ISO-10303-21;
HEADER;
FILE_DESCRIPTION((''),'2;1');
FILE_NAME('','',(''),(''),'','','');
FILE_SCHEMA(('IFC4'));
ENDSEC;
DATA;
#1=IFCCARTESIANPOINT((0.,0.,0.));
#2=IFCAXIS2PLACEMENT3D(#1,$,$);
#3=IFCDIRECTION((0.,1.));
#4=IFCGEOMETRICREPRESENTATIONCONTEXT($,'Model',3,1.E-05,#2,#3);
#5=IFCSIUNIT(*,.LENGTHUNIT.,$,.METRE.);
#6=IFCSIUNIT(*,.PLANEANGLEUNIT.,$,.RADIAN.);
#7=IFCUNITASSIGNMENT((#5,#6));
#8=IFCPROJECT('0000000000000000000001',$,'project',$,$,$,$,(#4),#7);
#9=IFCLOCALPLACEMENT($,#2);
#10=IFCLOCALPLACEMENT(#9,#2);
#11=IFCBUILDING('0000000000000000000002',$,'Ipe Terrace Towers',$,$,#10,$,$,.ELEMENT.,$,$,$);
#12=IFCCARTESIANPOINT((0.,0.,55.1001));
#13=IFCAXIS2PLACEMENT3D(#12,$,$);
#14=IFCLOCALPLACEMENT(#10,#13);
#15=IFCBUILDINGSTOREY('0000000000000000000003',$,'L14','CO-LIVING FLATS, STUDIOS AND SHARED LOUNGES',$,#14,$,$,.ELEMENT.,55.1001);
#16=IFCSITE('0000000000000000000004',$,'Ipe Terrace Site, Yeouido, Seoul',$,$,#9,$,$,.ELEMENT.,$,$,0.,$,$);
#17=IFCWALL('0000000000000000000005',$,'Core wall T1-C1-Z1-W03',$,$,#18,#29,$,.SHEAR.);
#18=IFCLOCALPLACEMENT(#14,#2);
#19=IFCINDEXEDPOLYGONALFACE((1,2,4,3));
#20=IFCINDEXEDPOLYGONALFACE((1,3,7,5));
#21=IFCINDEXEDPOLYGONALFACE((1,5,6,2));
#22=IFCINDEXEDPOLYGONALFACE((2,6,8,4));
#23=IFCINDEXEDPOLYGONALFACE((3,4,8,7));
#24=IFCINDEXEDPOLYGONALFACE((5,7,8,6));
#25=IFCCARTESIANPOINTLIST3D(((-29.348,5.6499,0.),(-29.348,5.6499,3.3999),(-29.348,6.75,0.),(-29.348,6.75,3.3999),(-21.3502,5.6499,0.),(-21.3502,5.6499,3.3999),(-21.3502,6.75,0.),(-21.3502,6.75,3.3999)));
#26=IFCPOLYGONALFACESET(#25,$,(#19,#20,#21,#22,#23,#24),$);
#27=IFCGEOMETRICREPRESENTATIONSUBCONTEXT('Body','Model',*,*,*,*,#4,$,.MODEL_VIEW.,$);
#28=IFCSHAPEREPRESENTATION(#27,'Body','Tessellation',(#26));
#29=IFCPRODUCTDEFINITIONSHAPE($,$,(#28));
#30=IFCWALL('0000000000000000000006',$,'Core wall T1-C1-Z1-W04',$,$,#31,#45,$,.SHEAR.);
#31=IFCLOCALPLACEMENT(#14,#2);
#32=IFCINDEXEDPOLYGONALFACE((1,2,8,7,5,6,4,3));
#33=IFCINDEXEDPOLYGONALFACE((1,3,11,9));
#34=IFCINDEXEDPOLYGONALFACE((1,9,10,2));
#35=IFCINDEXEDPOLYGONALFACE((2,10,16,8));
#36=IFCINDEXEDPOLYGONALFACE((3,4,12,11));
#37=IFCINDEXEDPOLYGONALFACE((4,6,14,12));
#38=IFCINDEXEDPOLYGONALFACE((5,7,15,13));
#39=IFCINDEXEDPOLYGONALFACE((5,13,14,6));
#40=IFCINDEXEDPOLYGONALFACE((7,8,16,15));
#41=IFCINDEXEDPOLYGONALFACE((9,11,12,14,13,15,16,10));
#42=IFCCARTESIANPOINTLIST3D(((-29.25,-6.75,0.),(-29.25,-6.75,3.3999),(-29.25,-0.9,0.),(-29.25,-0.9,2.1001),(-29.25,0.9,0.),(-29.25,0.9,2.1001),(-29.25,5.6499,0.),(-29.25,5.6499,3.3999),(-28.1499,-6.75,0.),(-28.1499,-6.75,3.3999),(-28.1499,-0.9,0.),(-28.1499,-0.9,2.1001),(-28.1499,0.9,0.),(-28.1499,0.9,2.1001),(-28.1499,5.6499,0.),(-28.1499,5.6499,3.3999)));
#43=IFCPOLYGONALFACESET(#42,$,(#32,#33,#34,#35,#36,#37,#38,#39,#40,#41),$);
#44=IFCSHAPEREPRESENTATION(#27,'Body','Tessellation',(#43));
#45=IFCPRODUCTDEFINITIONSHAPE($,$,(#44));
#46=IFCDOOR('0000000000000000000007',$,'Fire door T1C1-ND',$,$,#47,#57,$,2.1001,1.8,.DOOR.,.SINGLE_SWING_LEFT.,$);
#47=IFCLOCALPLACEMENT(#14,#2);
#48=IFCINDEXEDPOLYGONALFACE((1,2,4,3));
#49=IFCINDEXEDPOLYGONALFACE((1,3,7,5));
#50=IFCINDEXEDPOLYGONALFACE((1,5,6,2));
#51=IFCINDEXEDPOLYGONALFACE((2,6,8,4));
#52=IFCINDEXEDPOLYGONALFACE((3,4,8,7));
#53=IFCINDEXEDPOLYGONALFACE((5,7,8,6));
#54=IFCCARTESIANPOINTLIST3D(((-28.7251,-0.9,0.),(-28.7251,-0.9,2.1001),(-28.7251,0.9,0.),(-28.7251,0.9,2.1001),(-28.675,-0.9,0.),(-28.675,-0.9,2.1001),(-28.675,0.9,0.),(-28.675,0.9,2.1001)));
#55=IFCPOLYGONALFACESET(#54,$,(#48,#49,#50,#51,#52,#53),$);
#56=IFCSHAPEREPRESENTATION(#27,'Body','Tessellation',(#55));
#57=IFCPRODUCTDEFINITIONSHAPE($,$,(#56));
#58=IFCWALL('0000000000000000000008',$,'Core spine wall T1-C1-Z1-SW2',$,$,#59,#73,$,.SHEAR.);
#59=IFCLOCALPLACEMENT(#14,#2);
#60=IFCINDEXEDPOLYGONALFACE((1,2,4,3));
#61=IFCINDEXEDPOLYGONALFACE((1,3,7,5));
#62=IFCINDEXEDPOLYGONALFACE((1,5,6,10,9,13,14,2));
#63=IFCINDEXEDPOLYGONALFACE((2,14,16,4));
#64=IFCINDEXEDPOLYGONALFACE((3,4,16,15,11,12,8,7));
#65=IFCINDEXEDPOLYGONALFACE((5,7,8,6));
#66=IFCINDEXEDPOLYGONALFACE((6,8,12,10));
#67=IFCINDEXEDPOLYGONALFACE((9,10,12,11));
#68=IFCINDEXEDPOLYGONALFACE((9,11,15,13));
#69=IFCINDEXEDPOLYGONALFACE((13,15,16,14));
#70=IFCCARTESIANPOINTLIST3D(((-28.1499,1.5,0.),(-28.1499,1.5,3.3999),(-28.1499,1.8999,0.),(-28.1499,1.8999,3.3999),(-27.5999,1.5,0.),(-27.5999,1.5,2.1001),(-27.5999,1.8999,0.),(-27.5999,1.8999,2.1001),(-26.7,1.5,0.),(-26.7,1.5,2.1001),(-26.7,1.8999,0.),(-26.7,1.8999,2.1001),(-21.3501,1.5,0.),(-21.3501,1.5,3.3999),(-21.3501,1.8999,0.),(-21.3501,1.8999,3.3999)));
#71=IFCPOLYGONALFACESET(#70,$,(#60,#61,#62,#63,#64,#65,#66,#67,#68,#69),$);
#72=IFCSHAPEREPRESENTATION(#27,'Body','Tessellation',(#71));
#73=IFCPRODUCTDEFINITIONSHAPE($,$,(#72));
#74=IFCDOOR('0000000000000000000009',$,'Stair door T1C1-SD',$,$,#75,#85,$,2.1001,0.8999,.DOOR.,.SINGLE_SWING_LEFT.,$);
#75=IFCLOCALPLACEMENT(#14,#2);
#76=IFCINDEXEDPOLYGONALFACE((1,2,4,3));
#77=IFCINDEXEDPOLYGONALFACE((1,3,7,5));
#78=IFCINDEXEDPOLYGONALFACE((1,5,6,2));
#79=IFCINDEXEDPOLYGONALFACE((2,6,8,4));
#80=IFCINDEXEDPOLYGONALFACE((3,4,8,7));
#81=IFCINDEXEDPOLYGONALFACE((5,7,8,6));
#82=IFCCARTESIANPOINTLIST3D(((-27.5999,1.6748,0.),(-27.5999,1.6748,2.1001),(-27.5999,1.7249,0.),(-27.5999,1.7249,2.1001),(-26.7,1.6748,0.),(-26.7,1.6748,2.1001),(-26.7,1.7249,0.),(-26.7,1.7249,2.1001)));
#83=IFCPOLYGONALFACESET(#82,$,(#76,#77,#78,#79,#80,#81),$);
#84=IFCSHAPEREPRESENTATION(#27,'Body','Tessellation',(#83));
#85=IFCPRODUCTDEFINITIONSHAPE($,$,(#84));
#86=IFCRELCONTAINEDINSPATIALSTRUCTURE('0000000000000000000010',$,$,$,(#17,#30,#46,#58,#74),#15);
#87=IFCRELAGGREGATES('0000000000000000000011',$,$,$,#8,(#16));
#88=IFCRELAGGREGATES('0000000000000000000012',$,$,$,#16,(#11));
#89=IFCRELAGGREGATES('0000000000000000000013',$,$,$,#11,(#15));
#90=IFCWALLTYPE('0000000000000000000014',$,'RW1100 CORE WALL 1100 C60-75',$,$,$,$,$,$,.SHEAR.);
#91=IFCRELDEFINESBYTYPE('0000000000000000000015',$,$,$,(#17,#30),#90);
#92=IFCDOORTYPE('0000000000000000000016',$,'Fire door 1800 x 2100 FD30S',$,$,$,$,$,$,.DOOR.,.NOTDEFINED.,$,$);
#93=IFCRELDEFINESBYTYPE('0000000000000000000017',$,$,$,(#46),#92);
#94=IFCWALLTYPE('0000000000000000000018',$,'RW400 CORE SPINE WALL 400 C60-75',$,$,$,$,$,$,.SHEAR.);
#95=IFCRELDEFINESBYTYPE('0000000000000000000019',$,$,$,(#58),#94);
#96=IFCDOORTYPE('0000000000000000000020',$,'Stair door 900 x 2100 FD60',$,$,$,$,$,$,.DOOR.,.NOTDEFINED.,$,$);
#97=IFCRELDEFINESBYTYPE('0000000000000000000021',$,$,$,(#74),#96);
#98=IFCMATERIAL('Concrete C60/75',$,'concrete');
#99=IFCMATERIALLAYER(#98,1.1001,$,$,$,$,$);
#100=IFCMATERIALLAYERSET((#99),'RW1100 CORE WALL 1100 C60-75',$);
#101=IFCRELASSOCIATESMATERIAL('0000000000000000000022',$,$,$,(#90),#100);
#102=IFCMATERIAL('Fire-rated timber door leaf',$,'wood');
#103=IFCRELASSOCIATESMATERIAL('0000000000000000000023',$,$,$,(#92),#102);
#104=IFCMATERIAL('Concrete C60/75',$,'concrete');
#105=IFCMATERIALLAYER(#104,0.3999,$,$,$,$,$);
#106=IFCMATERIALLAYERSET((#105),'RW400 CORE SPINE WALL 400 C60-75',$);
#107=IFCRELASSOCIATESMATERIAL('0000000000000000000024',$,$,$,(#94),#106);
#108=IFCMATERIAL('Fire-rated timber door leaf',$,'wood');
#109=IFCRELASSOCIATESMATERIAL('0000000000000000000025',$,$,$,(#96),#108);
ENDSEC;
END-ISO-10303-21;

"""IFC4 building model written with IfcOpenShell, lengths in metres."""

from ifc_helpers import new_model, si_unit, direction, frame, frame_2d, origin, place, context, subcontext, project, spatial, rectangle, extrude, material, layer, layer_set, type_object, element, fill, save


model = new_model("IFC4")

# Units and contexts
model_context = context("Model", 3, precision=1e-05, world=origin(), true_north=direction((0.0, 1.0)))
body_context = subcontext(model_context, "Body", "Model", "MODEL_VIEW")
ifc_project = project(units=[si_unit("LENGTHUNIT", "METRE"), si_unit("PLANEANGLEUNIT", "RADIAN")], contexts=[model_context])

# Site, building, storey
site_placement = place(None, origin())
site = spatial("IfcSite", under=ifc_project, at=site_placement, Name="Ipe Terrace Site, Yeouido, Seoul", CompositionType="ELEMENT", RefElevation=0.0)
building_placement = place(site_placement, origin())
building = spatial("IfcBuilding", under=site, at=building_placement, Name="Ipe Terrace Towers", CompositionType="ELEMENT")
storey_placement = place(building_placement, frame((0.0, 0.0, 55.1001)))
storey = spatial("IfcBuildingStorey", under=building, at=storey_placement, Name="L14", Description="CO-LIVING FLATS, STUDIOS AND SHARED LOUNGES", CompositionType="ELEMENT", Elevation=55.1001)

# Wall
ifc_material_1 = material(Name="Concrete C60/75", Category="concrete")
ifc_layer_1 = layer(ifc_material_1, 1.1001)
ifc_layer_set_1 = layer_set([ifc_layer_1], Name="RW1100 CORE WALL 1100 C60-75")
wall_type_1 = type_object("IfcWallType", Name="RW1100 CORE WALL 1100 C60-75", PredefinedType="SHEAR", material=ifc_layer_set_1)
wall_1_placement = place(storey_placement, frame((-21.3501, 6.2, 0.0), z_axis=(0.0, 0.0, 1.0), x_axis=(-1.0, 0.0, 0.0)))
element("IfcWall", 1, at=wall_1_placement, inside=storey, type_object=wall_type_1, Name="Core wall T1-C1-Z1-W03", PredefinedType="SHEAR", context=body_context, shape_type="SweptSolid", body=[
    extrude(rectangle(XDim=7.9978, YDim=1.1001, at=frame_2d((3.999, 0.0))), origin(), (0.0, 0.0, 1.0), 3.3999),
])

# Walls, openings, doors
wall_2_placement = place(storey_placement, frame((-28.7, 5.6499, 0.0), z_axis=(0.0, 0.0, 1.0), x_axis=(0.0, -1.0, 0.0)))
wall_2 = element("IfcWall", 2, at=wall_2_placement, inside=storey, type_object=wall_type_1, Name="Core wall T1-C1-Z1-W04", PredefinedType="SHEAR", context=body_context, shape_type="SweptSolid", body=[
    extrude(rectangle(XDim=12.3999, YDim=1.1001, at=frame_2d((6.2, 0.0))), origin(), (0.0, 0.0, 1.0), 3.3999),
])
opening_1_placement = place(wall_2_placement, frame((4.75, 0.0, 0.0)))
opening_1 = element("IfcOpeningElement", 3, at=opening_1_placement, cuts=wall_2, PredefinedType="OPENING", context=body_context, shape_type="SweptSolid", body=[
    extrude(rectangle(XDim=1.8, YDim=2.1001, at=frame_2d((0.8999, 1.05))), frame((0.0, 0.5601, 0.0), z_axis=(0.0, -1.0, 0.0), x_axis=(1.0, 0.0, 0.0)), (0.0, 0.0, 1.0), 1.1201),
])
ifc_material_2 = material(Name="Fire-rated timber door leaf", Category="wood")
door_type_1 = type_object("IfcDoorType", Name="Fire door 1800 x 2100 FD30S", OperationType="NOTDEFINED", PredefinedType="DOOR", material=ifc_material_2)
door_1_placement = place(opening_1_placement, origin())
door_1 = element("IfcDoor", 4, at=door_1_placement, inside=storey, type_object=door_type_1, Name="Fire door T1C1-ND", OperationType="SINGLE_SWING_LEFT", OverallHeight=2.1001, OverallWidth=1.8, PredefinedType="DOOR", context=body_context, shape_type="SweptSolid", body=[
    extrude(rectangle(XDim=1.8, YDim=2.1001, at=frame_2d((0.8999, 1.05))), frame((0.0, 0.0249, 0.0), z_axis=(0.0, -1.0, 0.0), x_axis=(1.0, 0.0, 0.0)), (0.0, 0.0, 1.0), 0.05),
])
fill(opening_1, door_1)
ifc_material_3 = material(Name="Concrete C60/75", Category="concrete")
ifc_layer_2 = layer(ifc_material_3, 0.3999)
ifc_layer_set_2 = layer_set([ifc_layer_2], Name="RW400 CORE SPINE WALL 400 C60-75")
wall_type_2 = type_object("IfcWallType", Name="RW400 CORE SPINE WALL 400 C60-75", PredefinedType="SHEAR", material=ifc_layer_set_2)
wall_3_placement = place(storey_placement, frame((-28.1499, 1.7, 0.0), z_axis=(0.0, 0.0, 1.0), x_axis=(1.0, 0.0, 0.0)))
wall_3 = element("IfcWall", 5, at=wall_3_placement, inside=storey, type_object=wall_type_2, Name="Core spine wall T1-C1-Z1-SW2", PredefinedType="SHEAR", context=body_context, shape_type="SweptSolid", body=[
    extrude(rectangle(XDim=6.7998, YDim=0.3999, at=frame_2d((3.3999, 0.0))), origin(), (0.0, 0.0, 1.0), 3.3999),
])
opening_2_placement = place(wall_3_placement, frame((0.55, 0.0, 0.0)))
opening_2 = element("IfcOpeningElement", 6, at=opening_2_placement, cuts=wall_3, PredefinedType="OPENING", context=body_context, shape_type="SweptSolid", body=[
    extrude(rectangle(XDim=0.8999, YDim=2.1001, at=frame_2d((0.45, 1.05))), frame((0.0, 0.21, 0.0), z_axis=(0.0, -1.0, 0.0), x_axis=(1.0, 0.0, 0.0)), (0.0, 0.0, 1.0), 0.4199),
])
ifc_material_4 = material(Name="Fire-rated timber door leaf", Category="wood")
door_type_2 = type_object("IfcDoorType", Name="Stair door 900 x 2100 FD60", OperationType="NOTDEFINED", PredefinedType="DOOR", material=ifc_material_4)
door_2_placement = place(opening_2_placement, origin())
door_2 = element("IfcDoor", 7, at=door_2_placement, inside=storey, type_object=door_type_2, Name="Stair door T1C1-SD", OperationType="SINGLE_SWING_LEFT", OverallHeight=2.1001, OverallWidth=0.8999, PredefinedType="DOOR", context=body_context, shape_type="SweptSolid", body=[
    extrude(rectangle(XDim=0.8999, YDim=2.1001, at=frame_2d((0.45, 1.05))), frame((0.0, 0.0249, 0.0), z_axis=(0.0, -1.0, 0.0), x_axis=(1.0, 0.0, 0.0)), (0.0, 0.0, 1.0), 0.05),
])
fill(opening_2, door_2)

save(model, "model.ifc")
